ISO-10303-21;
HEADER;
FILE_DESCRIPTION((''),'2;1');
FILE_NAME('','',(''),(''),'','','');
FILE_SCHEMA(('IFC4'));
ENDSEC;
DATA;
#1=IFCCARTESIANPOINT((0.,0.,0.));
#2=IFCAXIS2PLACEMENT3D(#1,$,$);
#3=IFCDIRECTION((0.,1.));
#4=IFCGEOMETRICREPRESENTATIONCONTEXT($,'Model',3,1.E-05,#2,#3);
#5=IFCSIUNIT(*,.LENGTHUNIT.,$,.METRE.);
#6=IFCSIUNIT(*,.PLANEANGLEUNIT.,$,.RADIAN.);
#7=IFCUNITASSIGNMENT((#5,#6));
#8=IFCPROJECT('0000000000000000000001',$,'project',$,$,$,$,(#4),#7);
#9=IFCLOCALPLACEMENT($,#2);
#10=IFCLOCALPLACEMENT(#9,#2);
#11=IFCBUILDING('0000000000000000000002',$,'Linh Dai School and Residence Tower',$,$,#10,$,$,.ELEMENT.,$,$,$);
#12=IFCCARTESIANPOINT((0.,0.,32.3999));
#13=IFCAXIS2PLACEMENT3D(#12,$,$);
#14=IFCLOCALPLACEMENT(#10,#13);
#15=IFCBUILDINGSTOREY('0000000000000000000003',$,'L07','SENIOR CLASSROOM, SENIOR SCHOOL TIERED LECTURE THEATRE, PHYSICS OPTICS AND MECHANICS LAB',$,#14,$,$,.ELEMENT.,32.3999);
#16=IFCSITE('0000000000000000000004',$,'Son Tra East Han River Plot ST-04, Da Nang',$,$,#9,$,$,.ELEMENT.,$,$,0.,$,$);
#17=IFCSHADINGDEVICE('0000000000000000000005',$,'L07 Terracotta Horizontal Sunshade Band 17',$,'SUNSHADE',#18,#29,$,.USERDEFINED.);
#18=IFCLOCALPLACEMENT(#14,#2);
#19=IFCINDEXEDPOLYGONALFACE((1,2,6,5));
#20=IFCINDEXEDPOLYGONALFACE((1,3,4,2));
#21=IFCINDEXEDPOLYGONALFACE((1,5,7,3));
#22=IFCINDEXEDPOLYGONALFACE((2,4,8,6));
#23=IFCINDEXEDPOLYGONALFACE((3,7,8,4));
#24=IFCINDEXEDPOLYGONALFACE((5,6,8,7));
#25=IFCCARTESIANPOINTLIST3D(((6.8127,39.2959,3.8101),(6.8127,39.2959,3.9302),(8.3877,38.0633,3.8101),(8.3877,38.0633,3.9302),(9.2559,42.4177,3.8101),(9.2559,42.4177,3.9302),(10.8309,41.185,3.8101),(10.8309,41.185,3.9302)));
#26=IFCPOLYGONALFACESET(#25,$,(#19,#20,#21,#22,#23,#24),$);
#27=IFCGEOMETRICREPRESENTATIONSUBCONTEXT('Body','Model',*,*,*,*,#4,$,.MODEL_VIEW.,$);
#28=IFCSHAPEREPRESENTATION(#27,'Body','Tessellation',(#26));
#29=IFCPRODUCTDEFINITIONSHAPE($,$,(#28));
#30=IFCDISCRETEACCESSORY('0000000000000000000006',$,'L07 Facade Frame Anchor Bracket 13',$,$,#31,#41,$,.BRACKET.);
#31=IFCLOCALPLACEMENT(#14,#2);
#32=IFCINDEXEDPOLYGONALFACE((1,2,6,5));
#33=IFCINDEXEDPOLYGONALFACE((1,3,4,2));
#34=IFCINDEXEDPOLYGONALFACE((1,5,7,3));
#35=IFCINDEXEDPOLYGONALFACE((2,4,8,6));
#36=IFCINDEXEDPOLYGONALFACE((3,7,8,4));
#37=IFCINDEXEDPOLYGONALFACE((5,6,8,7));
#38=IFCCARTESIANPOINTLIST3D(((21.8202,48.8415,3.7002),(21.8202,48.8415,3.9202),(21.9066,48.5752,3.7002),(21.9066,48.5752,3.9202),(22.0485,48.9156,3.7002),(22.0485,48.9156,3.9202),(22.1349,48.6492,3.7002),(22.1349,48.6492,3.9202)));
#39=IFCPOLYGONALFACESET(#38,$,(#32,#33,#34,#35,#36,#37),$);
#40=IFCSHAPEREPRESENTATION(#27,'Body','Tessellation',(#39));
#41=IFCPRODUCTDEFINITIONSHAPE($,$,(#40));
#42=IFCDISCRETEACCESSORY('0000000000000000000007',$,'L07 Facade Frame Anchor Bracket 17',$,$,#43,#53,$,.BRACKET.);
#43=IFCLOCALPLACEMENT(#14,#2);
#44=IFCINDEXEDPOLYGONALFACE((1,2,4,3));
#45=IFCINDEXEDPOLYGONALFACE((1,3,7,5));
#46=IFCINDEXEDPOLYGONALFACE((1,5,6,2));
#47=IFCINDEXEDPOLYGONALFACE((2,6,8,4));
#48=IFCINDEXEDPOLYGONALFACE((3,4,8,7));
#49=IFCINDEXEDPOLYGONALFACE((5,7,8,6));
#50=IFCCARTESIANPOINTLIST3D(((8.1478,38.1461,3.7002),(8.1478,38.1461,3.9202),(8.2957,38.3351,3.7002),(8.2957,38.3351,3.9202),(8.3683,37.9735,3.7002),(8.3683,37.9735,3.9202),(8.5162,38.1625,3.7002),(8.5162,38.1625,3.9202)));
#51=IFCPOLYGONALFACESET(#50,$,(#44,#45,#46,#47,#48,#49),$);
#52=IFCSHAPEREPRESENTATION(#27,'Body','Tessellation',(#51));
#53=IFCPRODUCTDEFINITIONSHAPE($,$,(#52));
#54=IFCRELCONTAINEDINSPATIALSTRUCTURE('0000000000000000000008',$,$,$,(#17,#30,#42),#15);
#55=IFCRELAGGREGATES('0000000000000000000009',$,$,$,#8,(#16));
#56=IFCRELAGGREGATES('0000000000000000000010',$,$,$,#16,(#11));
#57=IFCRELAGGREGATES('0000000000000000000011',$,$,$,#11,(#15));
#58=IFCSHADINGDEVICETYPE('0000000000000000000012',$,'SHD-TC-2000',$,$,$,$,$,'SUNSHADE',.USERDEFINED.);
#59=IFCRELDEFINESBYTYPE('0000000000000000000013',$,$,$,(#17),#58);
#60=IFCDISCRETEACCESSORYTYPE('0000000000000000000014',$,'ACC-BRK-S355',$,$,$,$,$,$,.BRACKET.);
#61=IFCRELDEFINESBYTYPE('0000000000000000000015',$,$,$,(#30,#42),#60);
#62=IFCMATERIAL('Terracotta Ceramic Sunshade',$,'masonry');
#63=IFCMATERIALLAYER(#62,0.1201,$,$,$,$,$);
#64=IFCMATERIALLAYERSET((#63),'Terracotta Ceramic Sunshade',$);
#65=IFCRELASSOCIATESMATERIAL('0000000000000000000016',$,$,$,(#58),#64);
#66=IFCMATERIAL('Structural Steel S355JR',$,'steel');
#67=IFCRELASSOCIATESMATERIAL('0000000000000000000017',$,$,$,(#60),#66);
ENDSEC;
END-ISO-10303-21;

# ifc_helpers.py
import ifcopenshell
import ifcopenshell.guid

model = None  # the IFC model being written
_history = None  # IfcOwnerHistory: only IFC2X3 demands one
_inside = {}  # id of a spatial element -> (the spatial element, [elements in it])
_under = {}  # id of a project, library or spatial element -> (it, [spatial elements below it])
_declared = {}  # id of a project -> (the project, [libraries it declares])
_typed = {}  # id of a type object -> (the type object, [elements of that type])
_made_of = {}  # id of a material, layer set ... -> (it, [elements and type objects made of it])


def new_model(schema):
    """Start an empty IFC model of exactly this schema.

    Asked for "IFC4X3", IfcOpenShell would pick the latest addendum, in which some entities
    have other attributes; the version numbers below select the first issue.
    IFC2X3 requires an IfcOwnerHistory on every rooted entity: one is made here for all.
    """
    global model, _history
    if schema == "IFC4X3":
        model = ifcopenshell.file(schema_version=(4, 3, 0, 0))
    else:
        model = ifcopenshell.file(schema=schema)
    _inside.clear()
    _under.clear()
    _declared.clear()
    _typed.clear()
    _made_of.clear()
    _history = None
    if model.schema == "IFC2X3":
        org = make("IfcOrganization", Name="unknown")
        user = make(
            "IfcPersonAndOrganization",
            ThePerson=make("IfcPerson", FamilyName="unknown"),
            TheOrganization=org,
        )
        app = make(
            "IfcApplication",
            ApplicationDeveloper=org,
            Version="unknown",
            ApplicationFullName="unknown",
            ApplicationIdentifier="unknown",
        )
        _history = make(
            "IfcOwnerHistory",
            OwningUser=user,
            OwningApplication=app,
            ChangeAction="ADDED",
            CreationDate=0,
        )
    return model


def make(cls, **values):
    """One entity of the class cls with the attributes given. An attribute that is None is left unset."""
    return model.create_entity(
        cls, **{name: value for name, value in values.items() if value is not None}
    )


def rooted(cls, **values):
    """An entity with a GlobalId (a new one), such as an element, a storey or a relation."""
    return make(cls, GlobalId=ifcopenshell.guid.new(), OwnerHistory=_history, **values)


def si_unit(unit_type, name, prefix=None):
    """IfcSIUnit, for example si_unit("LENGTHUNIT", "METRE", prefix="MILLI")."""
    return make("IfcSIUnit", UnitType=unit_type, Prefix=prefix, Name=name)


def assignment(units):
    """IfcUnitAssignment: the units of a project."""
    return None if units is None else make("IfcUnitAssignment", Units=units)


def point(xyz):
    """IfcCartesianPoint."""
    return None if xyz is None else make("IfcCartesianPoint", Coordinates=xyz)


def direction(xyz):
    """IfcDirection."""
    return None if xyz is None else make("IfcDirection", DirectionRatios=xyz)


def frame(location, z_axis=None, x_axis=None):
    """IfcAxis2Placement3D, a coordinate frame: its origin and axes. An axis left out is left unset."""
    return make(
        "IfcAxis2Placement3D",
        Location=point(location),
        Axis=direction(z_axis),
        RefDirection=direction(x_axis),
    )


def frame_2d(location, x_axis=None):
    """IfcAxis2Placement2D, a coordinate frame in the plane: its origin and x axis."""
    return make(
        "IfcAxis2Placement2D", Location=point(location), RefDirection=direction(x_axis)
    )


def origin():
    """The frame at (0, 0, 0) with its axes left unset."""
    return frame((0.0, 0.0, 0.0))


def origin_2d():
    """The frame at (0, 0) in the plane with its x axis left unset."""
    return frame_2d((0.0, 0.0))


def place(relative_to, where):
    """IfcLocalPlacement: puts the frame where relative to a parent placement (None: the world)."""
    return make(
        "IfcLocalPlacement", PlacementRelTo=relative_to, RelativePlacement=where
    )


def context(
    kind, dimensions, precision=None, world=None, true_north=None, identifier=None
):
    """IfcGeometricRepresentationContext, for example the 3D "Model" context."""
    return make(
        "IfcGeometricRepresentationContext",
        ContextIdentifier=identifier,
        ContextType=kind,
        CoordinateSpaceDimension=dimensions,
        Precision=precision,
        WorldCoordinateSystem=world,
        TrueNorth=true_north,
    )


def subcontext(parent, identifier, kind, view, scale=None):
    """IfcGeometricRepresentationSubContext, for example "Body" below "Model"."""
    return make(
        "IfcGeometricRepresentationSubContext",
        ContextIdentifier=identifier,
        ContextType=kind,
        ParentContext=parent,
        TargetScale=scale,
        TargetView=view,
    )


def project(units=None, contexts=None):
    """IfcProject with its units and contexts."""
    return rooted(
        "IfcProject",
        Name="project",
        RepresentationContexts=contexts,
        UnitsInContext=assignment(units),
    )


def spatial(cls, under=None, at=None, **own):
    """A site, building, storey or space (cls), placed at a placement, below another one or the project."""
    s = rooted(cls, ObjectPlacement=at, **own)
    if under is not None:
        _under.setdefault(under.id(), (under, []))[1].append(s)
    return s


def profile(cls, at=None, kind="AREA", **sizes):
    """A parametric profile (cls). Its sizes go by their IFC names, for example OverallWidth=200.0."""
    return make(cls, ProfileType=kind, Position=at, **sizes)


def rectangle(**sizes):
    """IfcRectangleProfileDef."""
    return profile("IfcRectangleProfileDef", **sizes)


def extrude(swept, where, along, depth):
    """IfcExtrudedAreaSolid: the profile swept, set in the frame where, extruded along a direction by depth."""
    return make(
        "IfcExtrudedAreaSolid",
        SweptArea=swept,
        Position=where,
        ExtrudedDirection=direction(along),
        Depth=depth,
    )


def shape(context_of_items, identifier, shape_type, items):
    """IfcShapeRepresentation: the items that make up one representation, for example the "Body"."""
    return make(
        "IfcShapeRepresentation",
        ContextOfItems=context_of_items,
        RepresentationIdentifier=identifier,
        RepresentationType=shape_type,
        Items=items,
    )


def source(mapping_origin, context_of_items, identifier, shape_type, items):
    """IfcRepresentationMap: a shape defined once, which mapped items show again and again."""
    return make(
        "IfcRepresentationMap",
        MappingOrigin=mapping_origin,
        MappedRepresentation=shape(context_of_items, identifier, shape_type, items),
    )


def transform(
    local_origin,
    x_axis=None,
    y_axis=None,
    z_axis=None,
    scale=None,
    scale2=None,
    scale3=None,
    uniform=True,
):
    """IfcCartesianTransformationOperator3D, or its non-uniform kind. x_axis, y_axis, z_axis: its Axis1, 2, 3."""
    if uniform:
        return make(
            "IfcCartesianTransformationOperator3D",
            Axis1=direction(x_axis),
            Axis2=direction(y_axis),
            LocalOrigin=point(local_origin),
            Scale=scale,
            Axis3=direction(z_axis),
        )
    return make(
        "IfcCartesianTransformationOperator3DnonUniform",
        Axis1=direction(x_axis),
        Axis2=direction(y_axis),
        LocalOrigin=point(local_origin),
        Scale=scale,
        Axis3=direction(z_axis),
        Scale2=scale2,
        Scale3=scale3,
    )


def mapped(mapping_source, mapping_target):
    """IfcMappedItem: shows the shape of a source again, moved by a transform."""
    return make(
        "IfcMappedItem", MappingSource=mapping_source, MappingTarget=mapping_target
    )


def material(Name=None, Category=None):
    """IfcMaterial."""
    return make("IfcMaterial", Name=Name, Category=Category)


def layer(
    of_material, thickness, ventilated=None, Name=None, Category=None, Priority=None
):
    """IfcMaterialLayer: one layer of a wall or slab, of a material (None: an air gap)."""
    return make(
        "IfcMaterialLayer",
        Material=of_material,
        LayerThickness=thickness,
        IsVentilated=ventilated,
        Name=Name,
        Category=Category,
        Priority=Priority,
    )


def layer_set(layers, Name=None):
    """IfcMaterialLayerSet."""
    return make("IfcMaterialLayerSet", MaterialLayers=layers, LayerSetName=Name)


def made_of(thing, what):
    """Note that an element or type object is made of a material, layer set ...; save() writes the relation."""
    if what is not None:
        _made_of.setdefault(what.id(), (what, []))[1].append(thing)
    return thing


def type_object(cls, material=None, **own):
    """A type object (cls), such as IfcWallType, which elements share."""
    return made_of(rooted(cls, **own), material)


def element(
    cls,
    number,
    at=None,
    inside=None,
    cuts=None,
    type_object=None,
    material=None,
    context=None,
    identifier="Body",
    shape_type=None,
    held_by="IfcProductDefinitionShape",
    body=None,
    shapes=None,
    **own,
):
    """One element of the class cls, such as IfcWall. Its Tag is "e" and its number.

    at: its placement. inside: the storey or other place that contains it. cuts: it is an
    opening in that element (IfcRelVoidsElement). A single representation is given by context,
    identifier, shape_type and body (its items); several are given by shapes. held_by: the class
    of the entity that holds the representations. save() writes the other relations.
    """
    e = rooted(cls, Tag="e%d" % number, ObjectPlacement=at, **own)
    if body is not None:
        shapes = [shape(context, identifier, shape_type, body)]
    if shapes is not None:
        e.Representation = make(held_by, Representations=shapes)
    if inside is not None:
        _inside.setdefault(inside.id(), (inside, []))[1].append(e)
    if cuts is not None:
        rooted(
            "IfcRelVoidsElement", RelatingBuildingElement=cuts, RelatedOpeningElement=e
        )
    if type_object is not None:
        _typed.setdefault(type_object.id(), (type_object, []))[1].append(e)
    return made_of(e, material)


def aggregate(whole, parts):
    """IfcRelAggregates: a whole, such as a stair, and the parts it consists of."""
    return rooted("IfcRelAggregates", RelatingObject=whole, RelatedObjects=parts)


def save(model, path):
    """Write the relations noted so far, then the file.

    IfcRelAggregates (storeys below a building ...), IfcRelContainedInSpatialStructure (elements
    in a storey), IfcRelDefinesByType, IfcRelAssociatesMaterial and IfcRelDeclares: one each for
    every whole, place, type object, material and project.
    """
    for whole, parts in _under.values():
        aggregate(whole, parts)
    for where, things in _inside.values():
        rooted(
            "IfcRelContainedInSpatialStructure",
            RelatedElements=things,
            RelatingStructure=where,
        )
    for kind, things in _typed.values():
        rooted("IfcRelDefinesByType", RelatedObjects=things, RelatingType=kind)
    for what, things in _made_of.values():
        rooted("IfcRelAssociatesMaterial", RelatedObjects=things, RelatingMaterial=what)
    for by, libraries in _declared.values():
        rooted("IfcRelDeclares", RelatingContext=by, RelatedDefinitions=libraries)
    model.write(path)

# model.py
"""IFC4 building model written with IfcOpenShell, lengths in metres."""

from ifc_helpers import new_model, si_unit, direction, frame, origin, origin_2d, place, context, subcontext, project, spatial, rectangle, extrude, source, transform, mapped, material, layer, layer_set, type_object, element, save


model = new_model("IFC4")

# Units and contexts
model_context = context("Model", 3, precision=1e-05, world=origin(), true_north=direction((0.0, 1.0)))
body_context = subcontext(model_context, "Body", "Model", "MODEL_VIEW")
ifc_project = project(units=[si_unit("LENGTHUNIT", "METRE"), si_unit("PLANEANGLEUNIT", "RADIAN")], contexts=[model_context])

# Site, building, storey
site_placement = place(None, origin())
site = spatial("IfcSite", under=ifc_project, at=site_placement, Name="Son Tra East Han River Plot ST-04, Da Nang", CompositionType="ELEMENT", RefElevation=0.0)
building_placement = place(site_placement, origin())
building = spatial("IfcBuilding", under=site, at=building_placement, Name="Linh Dai School and Residence Tower", CompositionType="ELEMENT")
storey_placement = place(building_placement, frame((0.0, 0.0, 32.3999)))
storey = spatial("IfcBuildingStorey", under=building, at=storey_placement, Name="L07", Description="SENIOR CLASSROOM, SENIOR SCHOOL TIERED LECTURE THEATRE, PHYSICS OPTICS AND MECHANICS LAB", CompositionType="ELEMENT", Elevation=32.3999)

# Shared definitions
ifc_material_1 = material(Name="Structural Steel S355JR", Category="steel")

# Shading device
ifc_material_2 = material(Name="Terracotta Ceramic Sunshade", Category="masonry")
ifc_layer_1 = layer(ifc_material_2, 0.1201)
ifc_layer_set_1 = layer_set([ifc_layer_1], Name="Terracotta Ceramic Sunshade")
shading_device_type = type_object("IfcShadingDeviceType", Name="SHD-TC-2000", ElementType="SUNSHADE", PredefinedType="USERDEFINED", material=ifc_layer_set_1)
shared_shape_1 = source(origin(), body_context, "Body", "SweptSolid", [
    extrude(rectangle(XDim=3.9641, YDim=2.0, at=origin_2d()), origin(), (0.0, 0.0, 1.0), 0.1201),
])
shading_device_placement = place(storey_placement, frame((8.8218, 40.2405, 3.8101), z_axis=(0.0, 0.0, 1.0), x_axis=(0.616319, 0.787496, 0.0)))
element("IfcShadingDevice", 1, at=shading_device_placement, inside=storey, type_object=shading_device_type, Name="L07 Terracotta Horizontal Sunshade Band 17", ObjectType="SUNSHADE", PredefinedType="USERDEFINED", context=body_context, shape_type="MappedRepresentation", body=[
    mapped(shared_shape_1, transform((0.0, 0.0, 0.0), x_axis=(1.0, 0.0, 0.0), y_axis=(0.0, 1.0, 0.0), z_axis=(0.0, 0.0, 1.0), scale=1.0)),
])

# Discrete accessories
discrete_accessory_type = type_object("IfcDiscreteAccessoryType", Name="ACC-BRK-S355", PredefinedType="BRACKET", material=ifc_material_1)
shared_shape_2 = source(origin(), body_context, "Body", "SweptSolid", [
    extrude(rectangle(XDim=0.28, YDim=0.24, at=origin_2d()), origin(), (0.0, 0.0, 1.0), 0.22),
])
for number, where, z_axis, x_axis, name in (
    (2, (21.9775, 48.7454, 3.7002), (0.0, 0.0, 1.0), (-0.308511, 0.951221, 0.0), "L07 Facade Frame Anchor Bracket 13"),
    (3, (8.332, 38.1543, 3.7002), (0.0, 0.0, 1.0), (-0.787496, 0.616319, 0.0), "L07 Facade Frame Anchor Bracket 17"),
):
    element("IfcDiscreteAccessory", number, at=place(storey_placement, frame(where, z_axis=z_axis, x_axis=x_axis)), inside=storey, type_object=discrete_accessory_type, Name=name, PredefinedType="BRACKET", context=body_context, shape_type="MappedRepresentation", body=[
        mapped(shared_shape_2, transform((0.0, 0.0, 0.0), x_axis=(1.0, 0.0, 0.0), y_axis=(0.0, 1.0, 0.0), z_axis=(0.0, 0.0, 1.0), scale=1.0)),
    ])

save(model, "model.ifc")
